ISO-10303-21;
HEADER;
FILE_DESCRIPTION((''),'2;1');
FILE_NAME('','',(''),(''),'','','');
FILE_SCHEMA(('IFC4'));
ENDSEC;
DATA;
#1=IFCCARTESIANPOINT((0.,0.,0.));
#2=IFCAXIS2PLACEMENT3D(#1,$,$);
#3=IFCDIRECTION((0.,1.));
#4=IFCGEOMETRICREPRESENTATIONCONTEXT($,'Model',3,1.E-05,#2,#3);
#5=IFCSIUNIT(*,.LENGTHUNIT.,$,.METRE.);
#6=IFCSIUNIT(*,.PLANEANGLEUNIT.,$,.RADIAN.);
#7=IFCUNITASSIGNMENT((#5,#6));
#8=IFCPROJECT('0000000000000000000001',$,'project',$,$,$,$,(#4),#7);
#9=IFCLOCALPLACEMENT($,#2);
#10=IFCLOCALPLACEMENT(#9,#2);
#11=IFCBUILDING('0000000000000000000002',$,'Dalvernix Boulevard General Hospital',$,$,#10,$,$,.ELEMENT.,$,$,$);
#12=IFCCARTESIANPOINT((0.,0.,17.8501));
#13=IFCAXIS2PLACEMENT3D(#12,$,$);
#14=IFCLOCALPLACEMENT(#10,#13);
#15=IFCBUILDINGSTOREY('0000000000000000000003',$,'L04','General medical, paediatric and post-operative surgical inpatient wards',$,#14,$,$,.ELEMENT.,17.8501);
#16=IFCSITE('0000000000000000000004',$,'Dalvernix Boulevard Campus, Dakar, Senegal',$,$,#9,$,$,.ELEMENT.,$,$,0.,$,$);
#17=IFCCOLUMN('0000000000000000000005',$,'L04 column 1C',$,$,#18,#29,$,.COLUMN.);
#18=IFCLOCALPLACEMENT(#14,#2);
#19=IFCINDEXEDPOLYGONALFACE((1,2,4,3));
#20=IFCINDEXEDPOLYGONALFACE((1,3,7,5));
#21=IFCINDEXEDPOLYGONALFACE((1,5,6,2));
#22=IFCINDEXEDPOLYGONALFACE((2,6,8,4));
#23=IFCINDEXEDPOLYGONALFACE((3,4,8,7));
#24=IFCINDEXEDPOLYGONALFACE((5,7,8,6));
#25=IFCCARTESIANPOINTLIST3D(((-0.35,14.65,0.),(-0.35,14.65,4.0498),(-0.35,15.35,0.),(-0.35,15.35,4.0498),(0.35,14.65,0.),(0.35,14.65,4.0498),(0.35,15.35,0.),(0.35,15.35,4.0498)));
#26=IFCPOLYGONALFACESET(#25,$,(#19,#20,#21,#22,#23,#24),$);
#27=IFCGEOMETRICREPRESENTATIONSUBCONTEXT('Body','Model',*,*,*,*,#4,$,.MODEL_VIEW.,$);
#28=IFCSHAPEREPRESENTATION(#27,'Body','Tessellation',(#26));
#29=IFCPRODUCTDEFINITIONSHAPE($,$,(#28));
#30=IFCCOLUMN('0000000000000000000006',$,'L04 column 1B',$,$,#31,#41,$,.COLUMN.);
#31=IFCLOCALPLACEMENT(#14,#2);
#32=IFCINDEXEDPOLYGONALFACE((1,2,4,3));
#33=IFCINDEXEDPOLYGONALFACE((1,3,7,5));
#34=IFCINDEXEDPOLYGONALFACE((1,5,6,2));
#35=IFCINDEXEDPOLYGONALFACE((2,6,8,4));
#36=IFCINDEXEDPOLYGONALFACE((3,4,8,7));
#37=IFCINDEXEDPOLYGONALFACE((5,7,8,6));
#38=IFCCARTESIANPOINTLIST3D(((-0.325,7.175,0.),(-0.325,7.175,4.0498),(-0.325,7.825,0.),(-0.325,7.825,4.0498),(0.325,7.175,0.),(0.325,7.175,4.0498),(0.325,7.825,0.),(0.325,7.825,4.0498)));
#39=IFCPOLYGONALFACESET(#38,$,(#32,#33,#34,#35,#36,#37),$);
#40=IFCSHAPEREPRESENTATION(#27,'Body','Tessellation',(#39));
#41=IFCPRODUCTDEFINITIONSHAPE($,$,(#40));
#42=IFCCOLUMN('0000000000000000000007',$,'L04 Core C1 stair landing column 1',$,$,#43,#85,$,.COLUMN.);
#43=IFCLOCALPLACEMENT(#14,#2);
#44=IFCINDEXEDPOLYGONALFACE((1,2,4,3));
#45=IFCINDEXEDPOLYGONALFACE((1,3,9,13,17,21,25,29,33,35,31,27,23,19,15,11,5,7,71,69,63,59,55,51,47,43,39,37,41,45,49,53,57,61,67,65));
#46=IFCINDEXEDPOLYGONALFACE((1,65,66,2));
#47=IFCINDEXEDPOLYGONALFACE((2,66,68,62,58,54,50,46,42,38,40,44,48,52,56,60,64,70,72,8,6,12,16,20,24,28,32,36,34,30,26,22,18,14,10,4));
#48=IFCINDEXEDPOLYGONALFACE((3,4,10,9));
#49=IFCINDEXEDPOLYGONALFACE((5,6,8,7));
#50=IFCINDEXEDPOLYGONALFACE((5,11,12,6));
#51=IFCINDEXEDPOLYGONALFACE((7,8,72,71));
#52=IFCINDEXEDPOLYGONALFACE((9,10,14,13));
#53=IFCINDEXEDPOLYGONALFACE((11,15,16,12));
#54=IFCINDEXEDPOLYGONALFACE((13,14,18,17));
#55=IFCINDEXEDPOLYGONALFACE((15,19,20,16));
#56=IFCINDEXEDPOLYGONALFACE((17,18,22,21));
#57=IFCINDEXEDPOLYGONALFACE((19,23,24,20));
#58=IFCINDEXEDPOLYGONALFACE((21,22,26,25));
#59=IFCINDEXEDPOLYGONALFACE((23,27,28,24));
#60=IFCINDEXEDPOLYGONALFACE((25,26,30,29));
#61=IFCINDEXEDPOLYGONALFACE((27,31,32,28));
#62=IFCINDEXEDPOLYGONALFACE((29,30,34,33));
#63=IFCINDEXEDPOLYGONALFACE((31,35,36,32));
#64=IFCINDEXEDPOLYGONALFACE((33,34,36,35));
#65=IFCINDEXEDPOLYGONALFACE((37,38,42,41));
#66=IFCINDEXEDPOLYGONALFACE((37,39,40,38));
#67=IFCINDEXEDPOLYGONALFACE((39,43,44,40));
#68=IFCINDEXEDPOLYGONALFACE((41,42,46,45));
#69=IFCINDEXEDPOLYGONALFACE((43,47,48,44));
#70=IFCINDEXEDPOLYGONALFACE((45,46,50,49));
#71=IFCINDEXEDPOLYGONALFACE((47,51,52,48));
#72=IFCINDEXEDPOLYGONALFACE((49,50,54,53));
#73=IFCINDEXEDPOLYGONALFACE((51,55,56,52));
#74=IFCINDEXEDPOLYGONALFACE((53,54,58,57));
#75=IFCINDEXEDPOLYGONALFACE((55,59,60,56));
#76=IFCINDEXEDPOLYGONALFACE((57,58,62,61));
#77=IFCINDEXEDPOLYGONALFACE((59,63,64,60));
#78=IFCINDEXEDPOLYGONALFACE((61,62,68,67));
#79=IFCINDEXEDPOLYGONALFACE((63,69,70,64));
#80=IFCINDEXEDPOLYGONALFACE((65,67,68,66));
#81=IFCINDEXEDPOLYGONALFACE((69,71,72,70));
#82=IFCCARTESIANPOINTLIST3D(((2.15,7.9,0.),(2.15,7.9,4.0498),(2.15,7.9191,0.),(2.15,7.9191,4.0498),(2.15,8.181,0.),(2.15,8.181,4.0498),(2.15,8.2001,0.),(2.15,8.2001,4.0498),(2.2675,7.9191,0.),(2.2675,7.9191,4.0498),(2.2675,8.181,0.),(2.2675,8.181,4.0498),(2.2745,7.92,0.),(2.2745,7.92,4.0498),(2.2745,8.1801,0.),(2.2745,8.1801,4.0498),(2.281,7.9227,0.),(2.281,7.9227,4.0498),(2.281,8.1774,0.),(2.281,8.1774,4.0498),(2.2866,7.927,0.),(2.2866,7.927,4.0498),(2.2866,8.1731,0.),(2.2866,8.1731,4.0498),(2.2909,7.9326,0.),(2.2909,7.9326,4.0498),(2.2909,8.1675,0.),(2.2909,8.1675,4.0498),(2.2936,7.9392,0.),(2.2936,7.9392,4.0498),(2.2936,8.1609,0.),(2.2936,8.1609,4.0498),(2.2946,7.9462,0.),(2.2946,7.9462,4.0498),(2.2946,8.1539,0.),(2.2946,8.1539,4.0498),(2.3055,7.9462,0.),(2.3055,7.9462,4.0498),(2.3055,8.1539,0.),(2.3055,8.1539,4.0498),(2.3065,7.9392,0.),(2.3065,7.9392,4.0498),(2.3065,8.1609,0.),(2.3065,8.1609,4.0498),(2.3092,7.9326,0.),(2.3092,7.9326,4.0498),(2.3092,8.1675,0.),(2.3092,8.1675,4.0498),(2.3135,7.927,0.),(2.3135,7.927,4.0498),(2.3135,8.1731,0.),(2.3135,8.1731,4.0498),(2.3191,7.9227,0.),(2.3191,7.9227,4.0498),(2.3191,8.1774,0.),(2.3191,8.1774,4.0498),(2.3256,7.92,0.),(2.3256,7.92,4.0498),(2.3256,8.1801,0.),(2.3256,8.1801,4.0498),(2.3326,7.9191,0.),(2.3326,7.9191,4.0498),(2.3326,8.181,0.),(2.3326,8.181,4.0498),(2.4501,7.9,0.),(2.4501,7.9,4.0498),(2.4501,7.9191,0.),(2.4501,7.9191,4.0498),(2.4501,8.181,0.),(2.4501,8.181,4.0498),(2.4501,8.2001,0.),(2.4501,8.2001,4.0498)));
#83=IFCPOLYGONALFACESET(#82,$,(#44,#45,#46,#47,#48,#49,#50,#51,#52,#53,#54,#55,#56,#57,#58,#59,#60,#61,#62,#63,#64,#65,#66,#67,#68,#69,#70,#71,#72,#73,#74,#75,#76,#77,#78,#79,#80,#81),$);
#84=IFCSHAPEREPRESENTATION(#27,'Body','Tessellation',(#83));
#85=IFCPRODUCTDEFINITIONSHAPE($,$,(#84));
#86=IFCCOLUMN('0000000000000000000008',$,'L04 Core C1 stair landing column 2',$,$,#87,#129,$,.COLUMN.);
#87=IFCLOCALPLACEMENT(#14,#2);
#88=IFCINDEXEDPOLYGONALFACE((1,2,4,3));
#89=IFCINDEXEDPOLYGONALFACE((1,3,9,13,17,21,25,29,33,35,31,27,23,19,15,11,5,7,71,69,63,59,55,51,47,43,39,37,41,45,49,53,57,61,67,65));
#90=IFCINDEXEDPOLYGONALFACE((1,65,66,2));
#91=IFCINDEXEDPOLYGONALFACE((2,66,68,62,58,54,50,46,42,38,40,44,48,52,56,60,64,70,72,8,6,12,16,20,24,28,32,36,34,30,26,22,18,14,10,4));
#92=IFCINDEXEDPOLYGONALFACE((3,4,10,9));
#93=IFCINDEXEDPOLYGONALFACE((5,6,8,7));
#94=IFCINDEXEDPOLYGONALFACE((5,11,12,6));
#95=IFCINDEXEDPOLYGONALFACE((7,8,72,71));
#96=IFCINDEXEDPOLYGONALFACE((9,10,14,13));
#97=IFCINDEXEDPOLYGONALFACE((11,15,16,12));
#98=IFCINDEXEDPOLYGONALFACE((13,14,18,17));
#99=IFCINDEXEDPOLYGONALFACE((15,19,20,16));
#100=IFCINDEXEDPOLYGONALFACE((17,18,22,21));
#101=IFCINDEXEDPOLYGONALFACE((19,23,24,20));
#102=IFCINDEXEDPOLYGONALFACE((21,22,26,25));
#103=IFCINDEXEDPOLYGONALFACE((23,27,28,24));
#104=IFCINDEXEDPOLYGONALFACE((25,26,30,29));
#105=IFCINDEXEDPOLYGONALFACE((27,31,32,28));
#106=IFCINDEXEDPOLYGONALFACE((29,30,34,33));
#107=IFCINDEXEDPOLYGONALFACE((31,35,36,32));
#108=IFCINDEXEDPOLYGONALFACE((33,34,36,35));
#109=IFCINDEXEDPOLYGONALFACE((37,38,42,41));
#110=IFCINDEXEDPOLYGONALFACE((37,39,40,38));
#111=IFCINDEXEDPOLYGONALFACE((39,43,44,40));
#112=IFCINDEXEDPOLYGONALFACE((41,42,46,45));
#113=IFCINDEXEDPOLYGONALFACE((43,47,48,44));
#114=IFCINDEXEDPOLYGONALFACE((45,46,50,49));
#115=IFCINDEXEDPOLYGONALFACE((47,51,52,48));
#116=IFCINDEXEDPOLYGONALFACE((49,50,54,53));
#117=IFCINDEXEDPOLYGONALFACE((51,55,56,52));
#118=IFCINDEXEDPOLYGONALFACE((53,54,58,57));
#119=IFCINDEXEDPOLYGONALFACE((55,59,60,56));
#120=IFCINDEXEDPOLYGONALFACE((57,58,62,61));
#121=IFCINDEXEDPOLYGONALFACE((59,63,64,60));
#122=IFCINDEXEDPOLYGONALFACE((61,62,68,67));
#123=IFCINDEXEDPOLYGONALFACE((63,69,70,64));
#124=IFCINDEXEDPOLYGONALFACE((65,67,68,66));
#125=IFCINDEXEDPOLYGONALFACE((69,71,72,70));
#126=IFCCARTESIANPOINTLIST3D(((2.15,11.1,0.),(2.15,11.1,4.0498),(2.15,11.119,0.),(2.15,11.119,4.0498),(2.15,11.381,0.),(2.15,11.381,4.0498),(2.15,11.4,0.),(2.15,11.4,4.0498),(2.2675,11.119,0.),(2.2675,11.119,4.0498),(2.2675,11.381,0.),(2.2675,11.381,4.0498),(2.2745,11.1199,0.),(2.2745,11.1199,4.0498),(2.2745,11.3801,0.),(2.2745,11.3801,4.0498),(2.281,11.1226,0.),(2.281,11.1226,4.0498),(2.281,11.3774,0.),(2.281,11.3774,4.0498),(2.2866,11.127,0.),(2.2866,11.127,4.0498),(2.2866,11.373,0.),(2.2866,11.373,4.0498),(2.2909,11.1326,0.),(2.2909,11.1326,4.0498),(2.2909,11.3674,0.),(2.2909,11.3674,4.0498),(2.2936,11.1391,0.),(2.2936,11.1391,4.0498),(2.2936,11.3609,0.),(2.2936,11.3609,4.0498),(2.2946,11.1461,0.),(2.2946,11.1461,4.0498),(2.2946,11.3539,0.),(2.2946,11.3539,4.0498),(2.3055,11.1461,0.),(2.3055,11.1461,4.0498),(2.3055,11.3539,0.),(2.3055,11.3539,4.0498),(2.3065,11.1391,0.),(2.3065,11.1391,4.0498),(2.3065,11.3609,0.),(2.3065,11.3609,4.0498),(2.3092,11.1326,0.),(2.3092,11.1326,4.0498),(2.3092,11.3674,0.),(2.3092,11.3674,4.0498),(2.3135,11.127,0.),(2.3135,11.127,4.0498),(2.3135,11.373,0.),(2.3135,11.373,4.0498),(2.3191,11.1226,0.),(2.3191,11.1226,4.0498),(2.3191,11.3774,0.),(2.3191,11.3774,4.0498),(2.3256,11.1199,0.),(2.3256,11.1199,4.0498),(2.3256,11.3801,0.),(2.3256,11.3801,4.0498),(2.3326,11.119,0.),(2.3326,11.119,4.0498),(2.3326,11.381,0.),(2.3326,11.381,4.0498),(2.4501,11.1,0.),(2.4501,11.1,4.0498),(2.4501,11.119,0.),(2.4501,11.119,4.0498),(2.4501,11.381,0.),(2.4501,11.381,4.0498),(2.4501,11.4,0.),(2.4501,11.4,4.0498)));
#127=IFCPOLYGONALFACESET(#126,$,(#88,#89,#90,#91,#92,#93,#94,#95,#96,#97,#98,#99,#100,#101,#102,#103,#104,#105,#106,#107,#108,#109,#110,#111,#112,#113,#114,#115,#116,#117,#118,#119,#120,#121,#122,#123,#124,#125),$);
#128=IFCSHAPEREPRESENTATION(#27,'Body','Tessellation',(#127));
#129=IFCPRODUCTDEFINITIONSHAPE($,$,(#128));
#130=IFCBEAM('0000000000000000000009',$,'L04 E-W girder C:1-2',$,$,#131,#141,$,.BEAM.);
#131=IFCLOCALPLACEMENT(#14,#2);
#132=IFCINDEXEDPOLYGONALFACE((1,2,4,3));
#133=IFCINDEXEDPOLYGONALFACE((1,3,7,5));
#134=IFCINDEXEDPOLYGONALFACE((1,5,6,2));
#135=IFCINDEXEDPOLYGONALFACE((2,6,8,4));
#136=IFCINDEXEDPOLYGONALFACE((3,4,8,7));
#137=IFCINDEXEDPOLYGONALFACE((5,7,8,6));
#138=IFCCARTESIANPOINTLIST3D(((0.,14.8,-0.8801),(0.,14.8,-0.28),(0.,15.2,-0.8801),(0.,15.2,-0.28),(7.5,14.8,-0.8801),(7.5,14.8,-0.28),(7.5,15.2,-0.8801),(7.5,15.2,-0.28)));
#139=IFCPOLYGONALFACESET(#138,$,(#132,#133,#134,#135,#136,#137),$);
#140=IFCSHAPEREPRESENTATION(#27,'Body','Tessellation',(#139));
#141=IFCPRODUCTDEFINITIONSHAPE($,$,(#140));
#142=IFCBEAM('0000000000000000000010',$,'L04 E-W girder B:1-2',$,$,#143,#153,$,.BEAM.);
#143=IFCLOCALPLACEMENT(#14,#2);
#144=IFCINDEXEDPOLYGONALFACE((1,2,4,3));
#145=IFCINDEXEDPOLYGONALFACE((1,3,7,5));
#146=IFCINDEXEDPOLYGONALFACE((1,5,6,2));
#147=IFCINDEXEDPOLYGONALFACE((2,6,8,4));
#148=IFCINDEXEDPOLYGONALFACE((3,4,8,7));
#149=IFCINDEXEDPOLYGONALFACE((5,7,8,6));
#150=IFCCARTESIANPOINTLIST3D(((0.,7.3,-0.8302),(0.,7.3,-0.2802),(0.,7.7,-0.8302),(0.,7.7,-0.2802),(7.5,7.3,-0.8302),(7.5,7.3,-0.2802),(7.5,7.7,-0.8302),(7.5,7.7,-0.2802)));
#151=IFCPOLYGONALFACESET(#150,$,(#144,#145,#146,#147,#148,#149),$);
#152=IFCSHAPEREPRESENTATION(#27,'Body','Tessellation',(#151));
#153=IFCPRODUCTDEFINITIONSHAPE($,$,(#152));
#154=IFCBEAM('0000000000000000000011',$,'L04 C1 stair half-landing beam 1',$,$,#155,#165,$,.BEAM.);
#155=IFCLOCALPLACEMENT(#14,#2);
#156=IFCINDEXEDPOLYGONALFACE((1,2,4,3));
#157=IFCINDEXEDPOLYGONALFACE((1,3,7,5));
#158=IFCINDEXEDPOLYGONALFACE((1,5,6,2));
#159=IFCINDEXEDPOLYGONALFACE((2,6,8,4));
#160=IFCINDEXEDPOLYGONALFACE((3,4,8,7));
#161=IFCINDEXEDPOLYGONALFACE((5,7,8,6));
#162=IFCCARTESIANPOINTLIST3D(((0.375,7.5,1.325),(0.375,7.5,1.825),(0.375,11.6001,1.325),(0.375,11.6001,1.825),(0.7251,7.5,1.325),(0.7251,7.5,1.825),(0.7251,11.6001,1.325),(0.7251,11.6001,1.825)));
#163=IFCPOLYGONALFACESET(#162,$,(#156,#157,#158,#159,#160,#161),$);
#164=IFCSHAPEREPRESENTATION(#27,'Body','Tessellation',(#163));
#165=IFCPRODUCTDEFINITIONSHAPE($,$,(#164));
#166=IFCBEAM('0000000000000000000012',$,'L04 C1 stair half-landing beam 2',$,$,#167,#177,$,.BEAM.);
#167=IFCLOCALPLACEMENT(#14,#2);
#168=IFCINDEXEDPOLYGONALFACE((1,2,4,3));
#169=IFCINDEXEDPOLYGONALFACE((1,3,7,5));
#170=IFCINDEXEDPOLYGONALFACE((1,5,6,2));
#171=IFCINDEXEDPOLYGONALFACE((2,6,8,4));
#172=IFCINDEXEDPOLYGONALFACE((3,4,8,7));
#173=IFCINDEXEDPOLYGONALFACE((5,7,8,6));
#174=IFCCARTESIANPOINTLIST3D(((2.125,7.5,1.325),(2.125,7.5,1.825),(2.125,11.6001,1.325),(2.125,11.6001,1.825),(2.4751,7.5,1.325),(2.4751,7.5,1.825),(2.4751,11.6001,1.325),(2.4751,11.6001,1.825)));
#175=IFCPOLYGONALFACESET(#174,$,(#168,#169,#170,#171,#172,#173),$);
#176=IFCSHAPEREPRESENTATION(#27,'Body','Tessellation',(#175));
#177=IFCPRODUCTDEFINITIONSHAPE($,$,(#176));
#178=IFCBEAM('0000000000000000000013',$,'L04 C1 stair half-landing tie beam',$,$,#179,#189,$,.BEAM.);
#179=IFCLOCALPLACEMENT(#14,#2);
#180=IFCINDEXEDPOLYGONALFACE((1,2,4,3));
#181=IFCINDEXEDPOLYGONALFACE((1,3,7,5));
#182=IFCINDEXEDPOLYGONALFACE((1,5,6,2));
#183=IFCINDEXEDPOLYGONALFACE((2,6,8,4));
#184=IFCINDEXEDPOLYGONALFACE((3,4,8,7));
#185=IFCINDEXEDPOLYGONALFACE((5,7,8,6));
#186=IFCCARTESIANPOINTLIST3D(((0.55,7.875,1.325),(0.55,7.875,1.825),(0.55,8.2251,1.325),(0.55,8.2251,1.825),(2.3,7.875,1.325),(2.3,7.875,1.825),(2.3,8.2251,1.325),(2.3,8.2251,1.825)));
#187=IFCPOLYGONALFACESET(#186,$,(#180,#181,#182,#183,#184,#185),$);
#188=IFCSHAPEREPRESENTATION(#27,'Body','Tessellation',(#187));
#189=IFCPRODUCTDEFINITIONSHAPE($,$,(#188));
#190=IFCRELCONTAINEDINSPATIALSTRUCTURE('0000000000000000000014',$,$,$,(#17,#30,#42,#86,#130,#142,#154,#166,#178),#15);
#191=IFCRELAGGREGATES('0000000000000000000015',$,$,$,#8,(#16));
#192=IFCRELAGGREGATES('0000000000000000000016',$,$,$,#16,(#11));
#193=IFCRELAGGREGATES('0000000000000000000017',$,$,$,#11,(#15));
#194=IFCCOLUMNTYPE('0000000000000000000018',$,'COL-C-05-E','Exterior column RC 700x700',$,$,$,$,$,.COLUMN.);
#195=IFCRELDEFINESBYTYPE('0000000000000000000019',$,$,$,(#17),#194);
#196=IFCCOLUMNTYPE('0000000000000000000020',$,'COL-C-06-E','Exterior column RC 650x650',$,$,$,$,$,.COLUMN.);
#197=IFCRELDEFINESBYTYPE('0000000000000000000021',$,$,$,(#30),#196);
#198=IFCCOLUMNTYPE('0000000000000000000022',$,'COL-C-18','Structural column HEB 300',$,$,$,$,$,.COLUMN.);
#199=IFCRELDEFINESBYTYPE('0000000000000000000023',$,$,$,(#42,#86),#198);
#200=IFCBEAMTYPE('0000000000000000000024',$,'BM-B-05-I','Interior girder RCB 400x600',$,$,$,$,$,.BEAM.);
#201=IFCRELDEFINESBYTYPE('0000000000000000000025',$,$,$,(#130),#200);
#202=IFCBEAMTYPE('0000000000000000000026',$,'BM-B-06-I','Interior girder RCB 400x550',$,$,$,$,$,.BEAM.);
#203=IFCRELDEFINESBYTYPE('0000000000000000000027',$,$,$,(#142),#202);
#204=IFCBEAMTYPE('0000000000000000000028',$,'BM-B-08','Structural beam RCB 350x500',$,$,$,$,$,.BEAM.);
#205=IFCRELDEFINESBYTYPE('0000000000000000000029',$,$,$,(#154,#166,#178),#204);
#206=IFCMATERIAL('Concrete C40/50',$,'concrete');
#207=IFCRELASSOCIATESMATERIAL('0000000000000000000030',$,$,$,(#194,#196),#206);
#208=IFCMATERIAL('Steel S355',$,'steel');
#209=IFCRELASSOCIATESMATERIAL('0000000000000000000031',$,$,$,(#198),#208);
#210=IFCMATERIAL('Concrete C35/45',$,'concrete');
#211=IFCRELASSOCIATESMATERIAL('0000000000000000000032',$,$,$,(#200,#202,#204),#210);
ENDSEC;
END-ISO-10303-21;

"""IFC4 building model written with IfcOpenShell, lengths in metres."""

from ifc_helpers import new_model, si_unit, direction, frame, origin, origin_2d, place, context, subcontext, project, spatial, rectangle, i_section, extrude, material, material_profile, profile_set, type_object, element, save


model = new_model("IFC4")

# Units and contexts
model_context = context("Model", 3, precision=1e-05, world=origin(), true_north=direction((0.0, 1.0)))
body_context = subcontext(model_context, "Body", "Model", "MODEL_VIEW")
ifc_project = project(units=[si_unit("LENGTHUNIT", "METRE"), si_unit("PLANEANGLEUNIT", "RADIAN")], contexts=[model_context])

# Site, building, storey
site_placement = place(None, origin())
site = spatial("IfcSite", under=ifc_project, at=site_placement, Name="Dalvernix Boulevard Campus, Dakar, Senegal", CompositionType="ELEMENT", RefElevation=0.0)
building_placement = place(site_placement, origin())
building = spatial("IfcBuilding", under=site, at=building_placement, Name="Dalvernix Boulevard General Hospital", CompositionType="ELEMENT")
storey_placement = place(building_placement, frame((0.0, 0.0, 17.8501)))
storey = spatial("IfcBuildingStorey", under=building, at=storey_placement, Name="L04", Description="General medical, paediatric and post-operative surgical inpatient wards", CompositionType="ELEMENT", Elevation=17.8501)

# Columns
ifc_material_1 = material(Name="Concrete C40/50", Category="concrete")
ifc_material_profile_1 = material_profile(ifc_material_1, rectangle(XDim=0.7, YDim=0.7, at=origin_2d()), Name="RC 700x700")
ifc_profile_set_1 = profile_set([ifc_material_profile_1], Name="Concrete C40/50")
column_type_1 = type_object("IfcColumnType", Name="COL-C-05-E", Description="Exterior column RC 700x700", PredefinedType="COLUMN", material=ifc_profile_set_1)
column_1_placement = place(storey_placement, frame((0.0, 15.0, 0.0), z_axis=(0.0, 0.0, 1.0), x_axis=(1.0, 0.0, 0.0)))
element("IfcColumn", 1, at=column_1_placement, inside=storey, type_object=column_type_1, Name="L04 column 1C", PredefinedType="COLUMN", context=body_context, shape_type="SweptSolid", body=[
    extrude(rectangle(XDim=0.7, YDim=0.7, at=origin_2d()), origin(), (0.0, 0.0, 1.0), 4.0498),
])
ifc_material_profile_2 = material_profile(ifc_material_1, rectangle(XDim=0.6499, YDim=0.6499, at=origin_2d()), Name="RC 650x650")
ifc_profile_set_2 = profile_set([ifc_material_profile_2], Name="Concrete C40/50")
column_type_2 = type_object("IfcColumnType", Name="COL-C-06-E", Description="Exterior column RC 650x650", PredefinedType="COLUMN", material=ifc_profile_set_2)
column_2_placement = place(storey_placement, frame((0.0, 7.5, 0.0), z_axis=(0.0, 0.0, 1.0), x_axis=(1.0, 0.0, 0.0)))
element("IfcColumn", 2, at=column_2_placement, inside=storey, type_object=column_type_2, Name="L04 column 1B", PredefinedType="COLUMN", context=body_context, shape_type="SweptSolid", body=[
    extrude(rectangle(XDim=0.6499, YDim=0.6499, at=origin_2d()), origin(), (0.0, 0.0, 1.0), 4.0498),
])
ifc_material_2 = material(Name="Steel S355", Category="steel")
ifc_material_profile_3 = material_profile(ifc_material_2, i_section(OverallWidth=0.3, OverallDepth=0.3, WebThickness=0.011, FlangeThickness=0.019, FilletRadius=0.0271, at=origin_2d()), Name="HEB 300")
ifc_profile_set_3 = profile_set([ifc_material_profile_3], Name="Steel S355")
column_type_3 = type_object("IfcColumnType", Name="COL-C-18", Description="Structural column HEB 300", PredefinedType="COLUMN", material=ifc_profile_set_3)
for number, where, z_axis, x_axis, name in (
    (3, (2.3, 8.05, 0.0), (0.0, 0.0, 1.0), (1.0, 0.0, 0.0), "L04 Core C1 stair landing column 1"),
    (4, (2.3, 11.25, 0.0), (0.0, 0.0, 1.0), (1.0, 0.0, 0.0), "L04 Core C1 stair landing column 2"),
):
    element("IfcColumn", number, at=place(storey_placement, frame(where, z_axis=z_axis, x_axis=x_axis)), inside=storey, type_object=column_type_3, Name=name, PredefinedType="COLUMN", context=body_context, shape_type="SweptSolid", body=[
        extrude(i_section(OverallWidth=0.3, OverallDepth=0.3, WebThickness=0.011, FlangeThickness=0.019, FilletRadius=0.0271, at=origin_2d()), origin(), (0.0, 0.0, 1.0), 4.0498),
    ])

# Beams
ifc_material_3 = material(Name="Concrete C35/45", Category="concrete")
ifc_material_profile_4 = material_profile(ifc_material_3, rectangle(XDim=0.3999, YDim=0.6001, at=origin_2d()), Name="RCB 400x600")
ifc_profile_set_4 = profile_set([ifc_material_profile_4], Name="Concrete C35/45")
beam_type_1 = type_object("IfcBeamType", Name="BM-B-05-I", Description="Interior girder RCB 400x600", PredefinedType="BEAM", material=ifc_profile_set_4)
beam_1_placement = place(storey_placement, frame((0.0, 15.0, -0.5801), z_axis=(1.0, 0.0, 0.0), x_axis=(0.0, 1.0, 0.0)))
element("IfcBeam", 5, at=beam_1_placement, inside=storey, type_object=beam_type_1, Name="L04 E-W girder C:1-2", PredefinedType="BEAM", context=body_context, shape_type="SweptSolid", body=[
    extrude(rectangle(XDim=0.3999, YDim=0.6001, at=origin_2d()), origin(), (0.0, 0.0, 1.0), 7.5),
])
ifc_material_profile_5 = material_profile(ifc_material_3, rectangle(XDim=0.3999, YDim=0.55, at=origin_2d()), Name="RCB 400x550")
ifc_profile_set_5 = profile_set([ifc_material_profile_5], Name="Concrete C35/45")
beam_type_2 = type_object("IfcBeamType", Name="BM-B-06-I", Description="Interior girder RCB 400x550", PredefinedType="BEAM", material=ifc_profile_set_5)
beam_2_placement = place(storey_placement, frame((0.0, 7.5, -0.5552), z_axis=(1.0, 0.0, 0.0), x_axis=(0.0, 1.0, 0.0)))
element("IfcBeam", 6, at=beam_2_placement, inside=storey, type_object=beam_type_2, Name="L04 E-W girder B:1-2", PredefinedType="BEAM", context=body_context, shape_type="SweptSolid", body=[
    extrude(rectangle(XDim=0.3999, YDim=0.55, at=origin_2d()), origin(), (0.0, 0.0, 1.0), 7.5),
])
ifc_material_profile_6 = material_profile(ifc_material_3, rectangle(XDim=0.3501, YDim=0.5, at=origin_2d()), Name="RCB 350x500")
ifc_profile_set_6 = profile_set([ifc_material_profile_6], Name="Concrete C35/45")
beam_type_3 = type_object("IfcBeamType", Name="BM-B-08", Description="Structural beam RCB 350x500", PredefinedType="BEAM", material=ifc_profile_set_6)
for number, where, z_axis, x_axis, name in (
    (7, (0.55, 7.5, 1.575), (0.0, 1.0, 0.0), (-1.0, 0.0, 0.0), "L04 C1 stair half-landing beam 1"),
    (8, (2.3, 7.5, 1.575), (0.0, 1.0, 0.0), (-1.0, 0.0, 0.0), "L04 C1 stair half-landing beam 2"),
):
    element("IfcBeam", number, at=place(storey_placement, frame(where, z_axis=z_axis, x_axis=x_axis)), inside=storey, type_object=beam_type_3, Name=name, PredefinedType="BEAM", context=body_context, shape_type="SweptSolid", body=[
        extrude(rectangle(XDim=0.3501, YDim=0.5, at=origin_2d()), origin(), (0.0, 0.0, 1.0), 4.1001),
    ])
beam_3_placement = place(storey_placement, frame((0.55, 8.05, 1.575), z_axis=(1.0, 0.0, 0.0), x_axis=(0.0, 1.0, 0.0)))
element("IfcBeam", 9, at=beam_3_placement, inside=storey, type_object=beam_type_3, Name="L04 C1 stair half-landing tie beam", PredefinedType="BEAM", context=body_context, shape_type="SweptSolid", body=[
    extrude(rectangle(XDim=0.3501, YDim=0.5, at=origin_2d()), origin(), (0.0, 0.0, 1.0), 1.75),
])

save(model, "model.ifc")
